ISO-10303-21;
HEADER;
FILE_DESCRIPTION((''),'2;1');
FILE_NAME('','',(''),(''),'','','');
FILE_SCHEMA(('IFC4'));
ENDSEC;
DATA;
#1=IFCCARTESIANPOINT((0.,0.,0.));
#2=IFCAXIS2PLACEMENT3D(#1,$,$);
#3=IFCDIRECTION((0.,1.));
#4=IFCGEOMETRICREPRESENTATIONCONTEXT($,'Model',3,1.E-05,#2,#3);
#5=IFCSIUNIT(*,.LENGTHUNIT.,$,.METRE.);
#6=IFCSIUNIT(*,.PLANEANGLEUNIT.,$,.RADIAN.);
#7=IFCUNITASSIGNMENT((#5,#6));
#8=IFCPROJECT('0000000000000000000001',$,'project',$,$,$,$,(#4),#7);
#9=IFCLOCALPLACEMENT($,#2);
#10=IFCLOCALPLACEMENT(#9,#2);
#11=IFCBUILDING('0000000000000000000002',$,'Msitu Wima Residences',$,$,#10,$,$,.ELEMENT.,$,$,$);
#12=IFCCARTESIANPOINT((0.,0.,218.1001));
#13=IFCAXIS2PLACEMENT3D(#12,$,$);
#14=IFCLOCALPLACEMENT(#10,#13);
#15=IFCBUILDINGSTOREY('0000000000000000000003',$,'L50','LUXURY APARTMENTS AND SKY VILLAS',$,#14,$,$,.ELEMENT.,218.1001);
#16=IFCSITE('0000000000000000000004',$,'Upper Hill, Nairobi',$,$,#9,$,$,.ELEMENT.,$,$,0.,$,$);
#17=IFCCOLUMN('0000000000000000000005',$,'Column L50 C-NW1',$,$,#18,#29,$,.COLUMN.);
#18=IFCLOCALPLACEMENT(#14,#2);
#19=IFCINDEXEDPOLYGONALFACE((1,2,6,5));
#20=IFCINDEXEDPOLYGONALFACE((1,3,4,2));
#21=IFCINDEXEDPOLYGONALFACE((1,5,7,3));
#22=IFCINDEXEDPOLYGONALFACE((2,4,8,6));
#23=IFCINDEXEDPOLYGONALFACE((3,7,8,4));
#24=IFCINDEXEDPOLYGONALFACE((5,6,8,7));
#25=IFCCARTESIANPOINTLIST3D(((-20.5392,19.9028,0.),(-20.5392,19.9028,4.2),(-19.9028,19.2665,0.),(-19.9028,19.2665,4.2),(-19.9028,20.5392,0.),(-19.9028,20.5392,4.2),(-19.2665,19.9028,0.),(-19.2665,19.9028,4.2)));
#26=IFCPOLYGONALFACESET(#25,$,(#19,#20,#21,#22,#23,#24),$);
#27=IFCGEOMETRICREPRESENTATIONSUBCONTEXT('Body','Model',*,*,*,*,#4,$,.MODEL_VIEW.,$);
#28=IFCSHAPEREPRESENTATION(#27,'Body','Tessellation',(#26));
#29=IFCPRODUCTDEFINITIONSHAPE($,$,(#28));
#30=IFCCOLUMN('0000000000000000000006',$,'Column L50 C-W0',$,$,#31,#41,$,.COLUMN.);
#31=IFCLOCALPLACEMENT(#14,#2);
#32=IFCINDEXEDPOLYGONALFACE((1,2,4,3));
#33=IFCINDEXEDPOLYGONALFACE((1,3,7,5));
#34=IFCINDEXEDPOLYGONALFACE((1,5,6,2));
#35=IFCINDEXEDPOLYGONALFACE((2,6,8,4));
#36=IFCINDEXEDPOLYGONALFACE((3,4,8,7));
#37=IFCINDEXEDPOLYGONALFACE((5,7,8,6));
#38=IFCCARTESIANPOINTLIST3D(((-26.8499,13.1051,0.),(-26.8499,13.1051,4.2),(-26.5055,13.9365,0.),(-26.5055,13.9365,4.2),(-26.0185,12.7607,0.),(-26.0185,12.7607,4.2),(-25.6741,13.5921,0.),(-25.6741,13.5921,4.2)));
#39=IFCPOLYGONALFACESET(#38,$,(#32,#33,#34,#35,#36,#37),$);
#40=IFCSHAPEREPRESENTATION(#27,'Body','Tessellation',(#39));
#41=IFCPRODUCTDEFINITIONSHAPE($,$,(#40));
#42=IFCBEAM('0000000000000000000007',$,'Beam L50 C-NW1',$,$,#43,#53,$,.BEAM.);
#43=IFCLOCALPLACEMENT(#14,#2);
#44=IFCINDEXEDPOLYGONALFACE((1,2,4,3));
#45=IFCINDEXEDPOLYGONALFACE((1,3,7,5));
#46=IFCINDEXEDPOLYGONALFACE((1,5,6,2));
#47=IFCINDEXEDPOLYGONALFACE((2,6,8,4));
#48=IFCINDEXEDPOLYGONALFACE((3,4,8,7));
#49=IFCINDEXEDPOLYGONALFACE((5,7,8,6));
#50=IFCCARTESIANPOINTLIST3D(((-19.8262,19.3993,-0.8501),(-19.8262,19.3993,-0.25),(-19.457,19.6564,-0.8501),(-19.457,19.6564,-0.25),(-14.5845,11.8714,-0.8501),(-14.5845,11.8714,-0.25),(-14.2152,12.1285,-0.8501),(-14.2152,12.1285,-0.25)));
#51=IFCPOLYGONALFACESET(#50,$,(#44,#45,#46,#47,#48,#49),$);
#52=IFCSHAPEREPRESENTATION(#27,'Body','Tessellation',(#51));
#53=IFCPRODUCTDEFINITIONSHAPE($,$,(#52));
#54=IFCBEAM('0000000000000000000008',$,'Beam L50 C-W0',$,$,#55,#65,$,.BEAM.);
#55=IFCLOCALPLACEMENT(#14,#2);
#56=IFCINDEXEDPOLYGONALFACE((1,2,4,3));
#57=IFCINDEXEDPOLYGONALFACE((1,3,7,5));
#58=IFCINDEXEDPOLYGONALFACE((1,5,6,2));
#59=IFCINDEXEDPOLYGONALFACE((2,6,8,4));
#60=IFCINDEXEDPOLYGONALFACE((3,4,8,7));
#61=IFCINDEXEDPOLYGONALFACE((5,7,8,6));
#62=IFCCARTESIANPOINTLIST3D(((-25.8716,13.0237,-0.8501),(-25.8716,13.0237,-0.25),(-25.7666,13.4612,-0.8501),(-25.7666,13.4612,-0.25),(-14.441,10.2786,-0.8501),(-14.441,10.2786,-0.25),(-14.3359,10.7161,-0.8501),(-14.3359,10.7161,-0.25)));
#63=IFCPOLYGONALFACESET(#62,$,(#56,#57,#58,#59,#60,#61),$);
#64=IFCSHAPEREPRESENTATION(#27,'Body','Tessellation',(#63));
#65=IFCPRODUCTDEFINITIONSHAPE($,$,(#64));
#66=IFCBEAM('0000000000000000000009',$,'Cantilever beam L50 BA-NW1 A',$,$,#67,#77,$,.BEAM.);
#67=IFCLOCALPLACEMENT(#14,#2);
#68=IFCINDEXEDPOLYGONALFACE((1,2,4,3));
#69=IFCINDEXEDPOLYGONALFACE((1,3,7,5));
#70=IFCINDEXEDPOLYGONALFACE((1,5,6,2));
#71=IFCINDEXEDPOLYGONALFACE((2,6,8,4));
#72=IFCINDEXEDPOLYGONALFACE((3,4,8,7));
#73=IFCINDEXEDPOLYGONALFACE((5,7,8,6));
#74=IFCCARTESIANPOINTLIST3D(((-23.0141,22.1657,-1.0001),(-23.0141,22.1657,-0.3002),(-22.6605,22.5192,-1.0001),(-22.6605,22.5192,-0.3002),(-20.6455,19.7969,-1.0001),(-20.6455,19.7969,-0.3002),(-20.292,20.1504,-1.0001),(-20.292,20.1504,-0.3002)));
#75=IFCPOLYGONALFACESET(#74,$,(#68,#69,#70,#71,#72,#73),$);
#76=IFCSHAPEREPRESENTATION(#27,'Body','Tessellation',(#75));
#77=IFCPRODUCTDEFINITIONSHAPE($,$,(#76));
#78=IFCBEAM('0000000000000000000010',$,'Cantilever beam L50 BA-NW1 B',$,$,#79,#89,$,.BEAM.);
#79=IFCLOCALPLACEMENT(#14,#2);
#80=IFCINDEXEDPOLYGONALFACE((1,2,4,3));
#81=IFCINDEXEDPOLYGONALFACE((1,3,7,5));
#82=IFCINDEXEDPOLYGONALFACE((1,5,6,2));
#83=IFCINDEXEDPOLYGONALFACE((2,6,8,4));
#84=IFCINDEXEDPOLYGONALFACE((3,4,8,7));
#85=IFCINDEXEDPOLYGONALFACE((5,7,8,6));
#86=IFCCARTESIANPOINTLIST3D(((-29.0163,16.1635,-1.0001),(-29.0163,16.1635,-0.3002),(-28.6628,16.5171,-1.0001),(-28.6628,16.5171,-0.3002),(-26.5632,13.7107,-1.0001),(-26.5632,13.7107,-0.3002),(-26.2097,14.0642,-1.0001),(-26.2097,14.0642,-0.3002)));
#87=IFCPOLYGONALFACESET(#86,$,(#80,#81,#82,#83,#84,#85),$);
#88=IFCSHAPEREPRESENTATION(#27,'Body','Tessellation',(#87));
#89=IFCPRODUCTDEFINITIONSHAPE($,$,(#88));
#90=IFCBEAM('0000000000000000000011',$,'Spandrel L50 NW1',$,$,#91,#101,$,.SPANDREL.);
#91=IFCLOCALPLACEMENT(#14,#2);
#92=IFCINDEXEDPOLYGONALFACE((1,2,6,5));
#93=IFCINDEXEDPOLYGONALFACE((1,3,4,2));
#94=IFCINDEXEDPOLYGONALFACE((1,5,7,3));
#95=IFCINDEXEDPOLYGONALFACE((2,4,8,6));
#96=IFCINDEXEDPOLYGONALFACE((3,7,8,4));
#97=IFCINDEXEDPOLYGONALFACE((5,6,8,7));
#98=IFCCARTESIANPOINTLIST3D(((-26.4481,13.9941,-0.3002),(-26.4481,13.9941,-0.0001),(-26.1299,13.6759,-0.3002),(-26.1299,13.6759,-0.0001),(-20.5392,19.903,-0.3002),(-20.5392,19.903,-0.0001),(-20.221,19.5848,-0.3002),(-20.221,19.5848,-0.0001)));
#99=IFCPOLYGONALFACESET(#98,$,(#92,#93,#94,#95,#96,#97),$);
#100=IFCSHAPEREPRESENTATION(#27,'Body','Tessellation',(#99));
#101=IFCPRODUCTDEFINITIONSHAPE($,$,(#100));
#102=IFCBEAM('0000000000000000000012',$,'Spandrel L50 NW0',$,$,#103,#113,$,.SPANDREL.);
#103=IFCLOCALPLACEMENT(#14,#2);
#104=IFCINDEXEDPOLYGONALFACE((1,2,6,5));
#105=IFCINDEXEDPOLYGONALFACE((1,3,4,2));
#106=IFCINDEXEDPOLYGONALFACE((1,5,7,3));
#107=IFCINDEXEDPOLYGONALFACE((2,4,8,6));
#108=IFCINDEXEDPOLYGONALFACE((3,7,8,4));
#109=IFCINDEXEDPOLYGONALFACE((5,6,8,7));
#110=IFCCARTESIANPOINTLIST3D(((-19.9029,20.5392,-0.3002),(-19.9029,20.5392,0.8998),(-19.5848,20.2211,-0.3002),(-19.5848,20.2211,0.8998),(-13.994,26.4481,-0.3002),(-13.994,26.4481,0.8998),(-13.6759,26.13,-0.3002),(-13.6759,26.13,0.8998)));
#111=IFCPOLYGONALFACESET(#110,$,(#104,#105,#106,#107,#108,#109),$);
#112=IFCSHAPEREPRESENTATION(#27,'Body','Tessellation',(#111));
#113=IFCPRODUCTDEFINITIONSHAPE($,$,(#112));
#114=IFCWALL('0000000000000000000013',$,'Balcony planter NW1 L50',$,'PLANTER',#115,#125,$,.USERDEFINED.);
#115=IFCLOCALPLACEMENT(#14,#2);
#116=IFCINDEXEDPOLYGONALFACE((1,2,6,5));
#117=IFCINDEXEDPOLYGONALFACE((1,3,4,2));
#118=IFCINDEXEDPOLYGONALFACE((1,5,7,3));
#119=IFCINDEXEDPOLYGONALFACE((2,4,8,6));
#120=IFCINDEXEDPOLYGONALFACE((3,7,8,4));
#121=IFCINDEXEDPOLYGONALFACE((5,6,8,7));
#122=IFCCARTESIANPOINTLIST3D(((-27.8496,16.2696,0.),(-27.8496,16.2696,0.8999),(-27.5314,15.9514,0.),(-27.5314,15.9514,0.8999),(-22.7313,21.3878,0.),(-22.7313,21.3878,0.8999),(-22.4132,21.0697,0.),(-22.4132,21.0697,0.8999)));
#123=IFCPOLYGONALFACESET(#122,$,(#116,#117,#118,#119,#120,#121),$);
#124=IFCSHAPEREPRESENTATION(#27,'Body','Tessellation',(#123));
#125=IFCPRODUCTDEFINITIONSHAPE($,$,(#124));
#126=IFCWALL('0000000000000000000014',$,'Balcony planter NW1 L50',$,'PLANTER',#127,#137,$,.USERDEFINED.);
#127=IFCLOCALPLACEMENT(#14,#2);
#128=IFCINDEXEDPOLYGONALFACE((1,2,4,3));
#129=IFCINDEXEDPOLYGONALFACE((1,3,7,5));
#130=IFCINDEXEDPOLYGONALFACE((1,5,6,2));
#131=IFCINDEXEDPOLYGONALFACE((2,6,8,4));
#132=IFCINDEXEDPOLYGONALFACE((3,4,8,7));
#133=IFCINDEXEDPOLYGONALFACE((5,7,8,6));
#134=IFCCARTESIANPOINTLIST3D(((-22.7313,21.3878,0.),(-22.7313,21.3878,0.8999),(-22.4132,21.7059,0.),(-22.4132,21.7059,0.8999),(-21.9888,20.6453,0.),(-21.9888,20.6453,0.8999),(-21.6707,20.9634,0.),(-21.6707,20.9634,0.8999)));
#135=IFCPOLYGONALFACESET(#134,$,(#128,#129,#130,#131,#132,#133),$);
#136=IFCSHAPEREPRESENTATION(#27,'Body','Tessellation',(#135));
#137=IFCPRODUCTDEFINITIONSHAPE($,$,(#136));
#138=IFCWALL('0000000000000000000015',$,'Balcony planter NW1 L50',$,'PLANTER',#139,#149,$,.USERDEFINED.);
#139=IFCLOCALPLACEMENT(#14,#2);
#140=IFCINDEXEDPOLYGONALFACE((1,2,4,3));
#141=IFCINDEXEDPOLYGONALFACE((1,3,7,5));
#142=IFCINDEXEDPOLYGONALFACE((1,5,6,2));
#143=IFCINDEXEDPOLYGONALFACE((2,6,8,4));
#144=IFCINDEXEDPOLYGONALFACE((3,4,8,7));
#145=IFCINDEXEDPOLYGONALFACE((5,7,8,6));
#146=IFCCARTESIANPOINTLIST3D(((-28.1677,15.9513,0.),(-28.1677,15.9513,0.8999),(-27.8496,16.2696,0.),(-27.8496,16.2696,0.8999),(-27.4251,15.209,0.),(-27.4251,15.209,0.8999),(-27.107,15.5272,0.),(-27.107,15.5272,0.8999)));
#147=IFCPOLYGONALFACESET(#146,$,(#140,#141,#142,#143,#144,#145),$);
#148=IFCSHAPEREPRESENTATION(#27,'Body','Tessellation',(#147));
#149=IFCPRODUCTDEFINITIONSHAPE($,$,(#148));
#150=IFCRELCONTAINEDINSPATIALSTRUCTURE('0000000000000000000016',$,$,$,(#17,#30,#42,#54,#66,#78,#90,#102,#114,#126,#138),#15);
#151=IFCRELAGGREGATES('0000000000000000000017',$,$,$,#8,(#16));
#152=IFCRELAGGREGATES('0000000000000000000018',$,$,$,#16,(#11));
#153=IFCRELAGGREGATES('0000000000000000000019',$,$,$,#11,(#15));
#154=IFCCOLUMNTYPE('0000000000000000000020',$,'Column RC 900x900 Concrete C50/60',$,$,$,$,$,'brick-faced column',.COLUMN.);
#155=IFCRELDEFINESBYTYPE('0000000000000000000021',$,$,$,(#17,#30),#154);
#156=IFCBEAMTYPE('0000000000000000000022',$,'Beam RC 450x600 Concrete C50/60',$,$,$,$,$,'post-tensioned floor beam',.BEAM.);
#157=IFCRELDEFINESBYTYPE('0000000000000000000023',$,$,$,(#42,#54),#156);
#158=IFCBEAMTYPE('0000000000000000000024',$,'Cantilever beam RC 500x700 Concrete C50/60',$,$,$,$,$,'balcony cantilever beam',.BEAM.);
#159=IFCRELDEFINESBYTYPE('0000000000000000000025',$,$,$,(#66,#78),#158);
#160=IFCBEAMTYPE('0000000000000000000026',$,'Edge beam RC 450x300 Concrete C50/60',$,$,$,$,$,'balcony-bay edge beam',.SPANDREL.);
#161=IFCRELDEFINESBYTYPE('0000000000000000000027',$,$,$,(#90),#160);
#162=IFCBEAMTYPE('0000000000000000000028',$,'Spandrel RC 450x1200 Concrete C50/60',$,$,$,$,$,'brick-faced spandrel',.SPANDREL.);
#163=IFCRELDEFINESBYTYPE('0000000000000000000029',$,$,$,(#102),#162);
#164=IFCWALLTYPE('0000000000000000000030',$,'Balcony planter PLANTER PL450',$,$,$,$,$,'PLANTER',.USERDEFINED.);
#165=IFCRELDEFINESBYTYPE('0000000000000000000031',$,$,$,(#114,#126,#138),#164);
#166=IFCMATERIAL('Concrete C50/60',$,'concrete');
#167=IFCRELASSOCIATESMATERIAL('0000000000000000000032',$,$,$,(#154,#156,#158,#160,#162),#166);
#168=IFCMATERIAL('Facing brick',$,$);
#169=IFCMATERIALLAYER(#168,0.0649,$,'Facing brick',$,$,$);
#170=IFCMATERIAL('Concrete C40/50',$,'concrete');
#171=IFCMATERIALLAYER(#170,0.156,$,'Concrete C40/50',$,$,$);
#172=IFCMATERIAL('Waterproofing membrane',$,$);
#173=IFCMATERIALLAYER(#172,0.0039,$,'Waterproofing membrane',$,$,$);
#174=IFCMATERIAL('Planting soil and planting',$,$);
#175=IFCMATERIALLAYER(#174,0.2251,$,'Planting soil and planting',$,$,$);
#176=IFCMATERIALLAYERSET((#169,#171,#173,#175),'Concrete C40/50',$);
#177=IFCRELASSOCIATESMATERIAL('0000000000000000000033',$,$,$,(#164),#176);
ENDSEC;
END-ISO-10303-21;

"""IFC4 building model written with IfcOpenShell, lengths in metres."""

from ifc_helpers import new_model, si_unit, direction, frame, frame_2d, origin, origin_2d, place, context, subcontext, project, spatial, rectangle, extrude, material, layer, layer_set, material_profile, profile_set, type_object, element, save


model = new_model("IFC4")

# Units and contexts
model_context = context("Model", 3, precision=1e-05, world=origin(), true_north=direction((0.0, 1.0)))
body_context = subcontext(model_context, "Body", "Model", "MODEL_VIEW")
ifc_project = project(units=[si_unit("LENGTHUNIT", "METRE"), si_unit("PLANEANGLEUNIT", "RADIAN")], contexts=[model_context])

# Site, building, storey
site_placement = place(None, origin())
site = spatial("IfcSite", under=ifc_project, at=site_placement, Name="Upper Hill, Nairobi", CompositionType="ELEMENT", RefElevation=0.0)
building_placement = place(site_placement, origin())
building = spatial("IfcBuilding", under=site, at=building_placement, Name="Msitu Wima Residences", CompositionType="ELEMENT")
storey_placement = place(building_placement, frame((0.0, 0.0, 218.1001)))
storey = spatial("IfcBuildingStorey", under=building, at=storey_placement, Name="L50", Description="LUXURY APARTMENTS AND SKY VILLAS", CompositionType="ELEMENT", Elevation=218.1001)

# Columns
ifc_material_1 = material(Name="Concrete C50/60", Category="concrete")
ifc_material_profile_1 = material_profile(ifc_material_1, rectangle(XDim=0.8999, YDim=0.8999, at=origin_2d()), Name="RC 900x900")
ifc_profile_set_1 = profile_set([ifc_material_profile_1], Name="Concrete C50/60")
column_type = type_object("IfcColumnType", Name="Column RC 900x900 Concrete C50/60", ElementType="brick-faced column", PredefinedType="COLUMN", material=ifc_profile_set_1)
for number, where, z_axis, x_axis, name in (
    (1, (-19.9028, 19.9028, 0.0), (0.0, 0.0, 1.0), (-0.707107, -0.707107, 0.0), "Column L50 C-NW1"),
    (2, (-26.262, 13.3486, 0.0), (0.0, 0.0, 1.0), (-0.382683, -0.92388, 0.0), "Column L50 C-W0"),
):
    element("IfcColumn", number, at=place(storey_placement, frame(where, z_axis=z_axis, x_axis=x_axis)), inside=storey, type_object=column_type, Name=name, PredefinedType="COLUMN", context=body_context, shape_type="SweptSolid", body=[
        extrude(rectangle(XDim=0.8999, YDim=0.8999, at=origin_2d()), origin(), (0.0, 0.0, 1.0), 4.2),
    ])

# Beams
ifc_material_profile_2 = material_profile(ifc_material_1, rectangle(XDim=0.45, YDim=0.6001, at=origin_2d()), Name="RC 450x600")
ifc_profile_set_2 = profile_set([ifc_material_profile_2], Name="Concrete C50/60")
beam_type_1 = type_object("IfcBeamType", Name="Beam RC 450x600 Concrete C50/60", ElementType="post-tensioned floor beam", PredefinedType="BEAM", material=ifc_profile_set_2)
beam_1_placement = place(storey_placement, frame((-19.6416, 19.5278, -0.55), z_axis=(0.571428, -0.820652, 0.0), x_axis=(0.820652, 0.571428, 0.0)))
element("IfcBeam", 3, at=beam_1_placement, inside=storey, type_object=beam_type_1, Name="Beam L50 C-NW1", PredefinedType="BEAM", context=body_context, shape_type="SweptSolid", body=[
    extrude(rectangle(XDim=0.45, YDim=0.6001, at=origin_2d()), origin(), (0.0, 0.0, 1.0), 9.1731),
])
beam_2_placement = place(storey_placement, frame((-25.8191, 13.2424, -0.55), z_axis=(0.972353, -0.233514, 0.0), x_axis=(0.233514, 0.972353, 0.0)))
element("IfcBeam", 4, at=beam_2_placement, inside=storey, type_object=beam_type_1, Name="Beam L50 C-W0", PredefinedType="BEAM", context=body_context, shape_type="SweptSolid", body=[
    extrude(rectangle(XDim=0.45, YDim=0.6001, at=origin_2d()), origin(), (0.0, 0.0, 1.0), 11.7556),
])
ifc_material_profile_3 = material_profile(ifc_material_1, rectangle(XDim=0.5, YDim=0.7, at=origin_2d()), Name="RC 500x700")
ifc_profile_set_3 = profile_set([ifc_material_profile_3], Name="Concrete C50/60")
beam_type_2 = type_object("IfcBeamType", Name="Cantilever beam RC 500x700 Concrete C50/60", ElementType="balcony cantilever beam", PredefinedType="BEAM", material=ifc_profile_set_3)
beam_3_placement = place(storey_placement, frame((-20.4688, 19.9736, -0.6501), z_axis=(-0.70707, 0.707143, 0.0), x_axis=(-0.707143, -0.70707, 0.0)))
element("IfcBeam", 5, at=beam_3_placement, inside=storey, type_object=beam_type_2, Name="Cantilever beam L50 BA-NW1 A", PredefinedType="BEAM", context=body_context, shape_type="SweptSolid", body=[
    extrude(rectangle(XDim=0.5, YDim=0.7, at=origin_2d()), origin(), (0.0, 0.0, 1.0), 3.3499),
])
beam_4_placement = place(storey_placement, frame((-26.3865, 13.8875, -0.6501), z_axis=(-0.707142, 0.707072, 0.0), x_axis=(-0.707072, -0.707142, 0.0)))
element("IfcBeam", 6, at=beam_4_placement, inside=storey, type_object=beam_type_2, Name="Cantilever beam L50 BA-NW1 B", PredefinedType="BEAM", context=body_context, shape_type="SweptSolid", body=[
    extrude(rectangle(XDim=0.5, YDim=0.7, at=origin_2d()), origin(), (0.0, 0.0, 1.0), 3.469),
])
ifc_material_profile_4 = material_profile(ifc_material_1, rectangle(XDim=0.45, YDim=0.3, at=origin_2d()), Name="RC 450x300")
ifc_profile_set_4 = profile_set([ifc_material_profile_4], Name="Concrete C50/60")
beam_type_3 = type_object("IfcBeamType", Name="Edge beam RC 450x300 Concrete C50/60", ElementType="balcony-bay edge beam", PredefinedType="SPANDREL", material=ifc_profile_set_4)
beam_5_placement = place(storey_placement, frame((-20.3801, 19.7439, -0.1501), z_axis=(-0.707107, -0.707107, 0.0), x_axis=(0.707107, -0.707107, 0.0)))
element("IfcBeam", 7, at=beam_5_placement, inside=storey, type_object=beam_type_3, Name="Spandrel L50 NW1", PredefinedType="SPANDREL", context=body_context, shape_type="SweptSolid", body=[
    extrude(rectangle(XDim=0.45, YDim=0.3, at=origin_2d()), origin(), (0.0, 0.0, 1.0), 8.3564),
])
ifc_material_profile_5 = material_profile(ifc_material_1, rectangle(XDim=0.45, YDim=1.2, at=origin_2d()), Name="RC 450x1200")
ifc_profile_set_5 = profile_set([ifc_material_profile_5], Name="Concrete C50/60")
beam_type_4 = type_object("IfcBeamType", Name="Spandrel RC 450x1200 Concrete C50/60", ElementType="brick-faced spandrel", PredefinedType="SPANDREL", material=ifc_profile_set_5)
beam_6_placement = place(storey_placement, frame((-13.835, 26.2891, 0.2998), z_axis=(-0.707107, -0.707107, 0.0), x_axis=(0.707107, -0.707107, 0.0)))
element("IfcBeam", 8, at=beam_6_placement, inside=storey, type_object=beam_type_4, Name="Spandrel L50 NW0", PredefinedType="SPANDREL", context=body_context, shape_type="SweptSolid", body=[
    extrude(rectangle(XDim=0.45, YDim=1.2, at=origin_2d()), origin(), (0.0, 0.0, 1.0), 8.3564),
])

# Walls
ifc_material_2 = material(Name="Facing brick")
ifc_layer_1 = layer(ifc_material_2, 0.0649, Name="Facing brick")
ifc_material_3 = material(Name="Concrete C40/50", Category="concrete")
ifc_layer_2 = layer(ifc_material_3, 0.156, Name="Concrete C40/50")
ifc_material_4 = material(Name="Waterproofing membrane")
ifc_layer_3 = layer(ifc_material_4, 0.0039, Name="Waterproofing membrane")
ifc_material_5 = material(Name="Planting soil and planting")
ifc_layer_4 = layer(ifc_material_5, 0.2251, Name="Planting soil and planting")
ifc_layer_set_1 = layer_set([ifc_layer_1, ifc_layer_2, ifc_layer_3, ifc_layer_4], Name="Concrete C40/50")
wall_type_1 = type_object("IfcWallType", Name="Balcony planter PLANTER PL450", ElementType="PLANTER", PredefinedType="USERDEFINED", material=ifc_layer_set_1)
wall_1_placement = place(storey_placement, frame((-22.5723, 21.2288, 0.0), z_axis=(0.0, 0.0, 1.0), x_axis=(-0.707107, -0.707107, 0.0)))
element("IfcWall", 9, at=wall_1_placement, inside=storey, type_object=wall_type_1, Name="Balcony planter NW1 L50", ObjectType="PLANTER", PredefinedType="USERDEFINED", context=body_context, shape_type="SweptSolid", body=[
    extrude(rectangle(XDim=7.2383, YDim=0.45, at=frame_2d((3.6191, 0.0))), origin(), (0.0, 0.0, 1.0), 0.8999),
])
for number, where, z_axis, x_axis, name in (
    (10, (-21.8298, 20.8044, 0.0), (0.0, 0.0, 1.0), (-0.707107, 0.707107, 0.0), "Balcony planter NW1 L50"),
    (11, (-27.2661, 15.3682, 0.0), (0.0, 0.0, 1.0), (-0.707223, 0.706991, 0.0), "Balcony planter NW1 L50"),
):
    element("IfcWall", number, at=place(storey_placement, frame(where, z_axis=z_axis, x_axis=x_axis)), inside=storey, type_object=wall_type_1, Name=name, ObjectType="PLANTER", PredefinedType="USERDEFINED", context=body_context, shape_type="SweptSolid", body=[
        extrude(rectangle(XDim=1.05, YDim=0.45, at=frame_2d((0.5249, 0.0))), origin(), (0.0, 0.0, 1.0), 0.8999),
    ])

save(model, "model.ifc")
